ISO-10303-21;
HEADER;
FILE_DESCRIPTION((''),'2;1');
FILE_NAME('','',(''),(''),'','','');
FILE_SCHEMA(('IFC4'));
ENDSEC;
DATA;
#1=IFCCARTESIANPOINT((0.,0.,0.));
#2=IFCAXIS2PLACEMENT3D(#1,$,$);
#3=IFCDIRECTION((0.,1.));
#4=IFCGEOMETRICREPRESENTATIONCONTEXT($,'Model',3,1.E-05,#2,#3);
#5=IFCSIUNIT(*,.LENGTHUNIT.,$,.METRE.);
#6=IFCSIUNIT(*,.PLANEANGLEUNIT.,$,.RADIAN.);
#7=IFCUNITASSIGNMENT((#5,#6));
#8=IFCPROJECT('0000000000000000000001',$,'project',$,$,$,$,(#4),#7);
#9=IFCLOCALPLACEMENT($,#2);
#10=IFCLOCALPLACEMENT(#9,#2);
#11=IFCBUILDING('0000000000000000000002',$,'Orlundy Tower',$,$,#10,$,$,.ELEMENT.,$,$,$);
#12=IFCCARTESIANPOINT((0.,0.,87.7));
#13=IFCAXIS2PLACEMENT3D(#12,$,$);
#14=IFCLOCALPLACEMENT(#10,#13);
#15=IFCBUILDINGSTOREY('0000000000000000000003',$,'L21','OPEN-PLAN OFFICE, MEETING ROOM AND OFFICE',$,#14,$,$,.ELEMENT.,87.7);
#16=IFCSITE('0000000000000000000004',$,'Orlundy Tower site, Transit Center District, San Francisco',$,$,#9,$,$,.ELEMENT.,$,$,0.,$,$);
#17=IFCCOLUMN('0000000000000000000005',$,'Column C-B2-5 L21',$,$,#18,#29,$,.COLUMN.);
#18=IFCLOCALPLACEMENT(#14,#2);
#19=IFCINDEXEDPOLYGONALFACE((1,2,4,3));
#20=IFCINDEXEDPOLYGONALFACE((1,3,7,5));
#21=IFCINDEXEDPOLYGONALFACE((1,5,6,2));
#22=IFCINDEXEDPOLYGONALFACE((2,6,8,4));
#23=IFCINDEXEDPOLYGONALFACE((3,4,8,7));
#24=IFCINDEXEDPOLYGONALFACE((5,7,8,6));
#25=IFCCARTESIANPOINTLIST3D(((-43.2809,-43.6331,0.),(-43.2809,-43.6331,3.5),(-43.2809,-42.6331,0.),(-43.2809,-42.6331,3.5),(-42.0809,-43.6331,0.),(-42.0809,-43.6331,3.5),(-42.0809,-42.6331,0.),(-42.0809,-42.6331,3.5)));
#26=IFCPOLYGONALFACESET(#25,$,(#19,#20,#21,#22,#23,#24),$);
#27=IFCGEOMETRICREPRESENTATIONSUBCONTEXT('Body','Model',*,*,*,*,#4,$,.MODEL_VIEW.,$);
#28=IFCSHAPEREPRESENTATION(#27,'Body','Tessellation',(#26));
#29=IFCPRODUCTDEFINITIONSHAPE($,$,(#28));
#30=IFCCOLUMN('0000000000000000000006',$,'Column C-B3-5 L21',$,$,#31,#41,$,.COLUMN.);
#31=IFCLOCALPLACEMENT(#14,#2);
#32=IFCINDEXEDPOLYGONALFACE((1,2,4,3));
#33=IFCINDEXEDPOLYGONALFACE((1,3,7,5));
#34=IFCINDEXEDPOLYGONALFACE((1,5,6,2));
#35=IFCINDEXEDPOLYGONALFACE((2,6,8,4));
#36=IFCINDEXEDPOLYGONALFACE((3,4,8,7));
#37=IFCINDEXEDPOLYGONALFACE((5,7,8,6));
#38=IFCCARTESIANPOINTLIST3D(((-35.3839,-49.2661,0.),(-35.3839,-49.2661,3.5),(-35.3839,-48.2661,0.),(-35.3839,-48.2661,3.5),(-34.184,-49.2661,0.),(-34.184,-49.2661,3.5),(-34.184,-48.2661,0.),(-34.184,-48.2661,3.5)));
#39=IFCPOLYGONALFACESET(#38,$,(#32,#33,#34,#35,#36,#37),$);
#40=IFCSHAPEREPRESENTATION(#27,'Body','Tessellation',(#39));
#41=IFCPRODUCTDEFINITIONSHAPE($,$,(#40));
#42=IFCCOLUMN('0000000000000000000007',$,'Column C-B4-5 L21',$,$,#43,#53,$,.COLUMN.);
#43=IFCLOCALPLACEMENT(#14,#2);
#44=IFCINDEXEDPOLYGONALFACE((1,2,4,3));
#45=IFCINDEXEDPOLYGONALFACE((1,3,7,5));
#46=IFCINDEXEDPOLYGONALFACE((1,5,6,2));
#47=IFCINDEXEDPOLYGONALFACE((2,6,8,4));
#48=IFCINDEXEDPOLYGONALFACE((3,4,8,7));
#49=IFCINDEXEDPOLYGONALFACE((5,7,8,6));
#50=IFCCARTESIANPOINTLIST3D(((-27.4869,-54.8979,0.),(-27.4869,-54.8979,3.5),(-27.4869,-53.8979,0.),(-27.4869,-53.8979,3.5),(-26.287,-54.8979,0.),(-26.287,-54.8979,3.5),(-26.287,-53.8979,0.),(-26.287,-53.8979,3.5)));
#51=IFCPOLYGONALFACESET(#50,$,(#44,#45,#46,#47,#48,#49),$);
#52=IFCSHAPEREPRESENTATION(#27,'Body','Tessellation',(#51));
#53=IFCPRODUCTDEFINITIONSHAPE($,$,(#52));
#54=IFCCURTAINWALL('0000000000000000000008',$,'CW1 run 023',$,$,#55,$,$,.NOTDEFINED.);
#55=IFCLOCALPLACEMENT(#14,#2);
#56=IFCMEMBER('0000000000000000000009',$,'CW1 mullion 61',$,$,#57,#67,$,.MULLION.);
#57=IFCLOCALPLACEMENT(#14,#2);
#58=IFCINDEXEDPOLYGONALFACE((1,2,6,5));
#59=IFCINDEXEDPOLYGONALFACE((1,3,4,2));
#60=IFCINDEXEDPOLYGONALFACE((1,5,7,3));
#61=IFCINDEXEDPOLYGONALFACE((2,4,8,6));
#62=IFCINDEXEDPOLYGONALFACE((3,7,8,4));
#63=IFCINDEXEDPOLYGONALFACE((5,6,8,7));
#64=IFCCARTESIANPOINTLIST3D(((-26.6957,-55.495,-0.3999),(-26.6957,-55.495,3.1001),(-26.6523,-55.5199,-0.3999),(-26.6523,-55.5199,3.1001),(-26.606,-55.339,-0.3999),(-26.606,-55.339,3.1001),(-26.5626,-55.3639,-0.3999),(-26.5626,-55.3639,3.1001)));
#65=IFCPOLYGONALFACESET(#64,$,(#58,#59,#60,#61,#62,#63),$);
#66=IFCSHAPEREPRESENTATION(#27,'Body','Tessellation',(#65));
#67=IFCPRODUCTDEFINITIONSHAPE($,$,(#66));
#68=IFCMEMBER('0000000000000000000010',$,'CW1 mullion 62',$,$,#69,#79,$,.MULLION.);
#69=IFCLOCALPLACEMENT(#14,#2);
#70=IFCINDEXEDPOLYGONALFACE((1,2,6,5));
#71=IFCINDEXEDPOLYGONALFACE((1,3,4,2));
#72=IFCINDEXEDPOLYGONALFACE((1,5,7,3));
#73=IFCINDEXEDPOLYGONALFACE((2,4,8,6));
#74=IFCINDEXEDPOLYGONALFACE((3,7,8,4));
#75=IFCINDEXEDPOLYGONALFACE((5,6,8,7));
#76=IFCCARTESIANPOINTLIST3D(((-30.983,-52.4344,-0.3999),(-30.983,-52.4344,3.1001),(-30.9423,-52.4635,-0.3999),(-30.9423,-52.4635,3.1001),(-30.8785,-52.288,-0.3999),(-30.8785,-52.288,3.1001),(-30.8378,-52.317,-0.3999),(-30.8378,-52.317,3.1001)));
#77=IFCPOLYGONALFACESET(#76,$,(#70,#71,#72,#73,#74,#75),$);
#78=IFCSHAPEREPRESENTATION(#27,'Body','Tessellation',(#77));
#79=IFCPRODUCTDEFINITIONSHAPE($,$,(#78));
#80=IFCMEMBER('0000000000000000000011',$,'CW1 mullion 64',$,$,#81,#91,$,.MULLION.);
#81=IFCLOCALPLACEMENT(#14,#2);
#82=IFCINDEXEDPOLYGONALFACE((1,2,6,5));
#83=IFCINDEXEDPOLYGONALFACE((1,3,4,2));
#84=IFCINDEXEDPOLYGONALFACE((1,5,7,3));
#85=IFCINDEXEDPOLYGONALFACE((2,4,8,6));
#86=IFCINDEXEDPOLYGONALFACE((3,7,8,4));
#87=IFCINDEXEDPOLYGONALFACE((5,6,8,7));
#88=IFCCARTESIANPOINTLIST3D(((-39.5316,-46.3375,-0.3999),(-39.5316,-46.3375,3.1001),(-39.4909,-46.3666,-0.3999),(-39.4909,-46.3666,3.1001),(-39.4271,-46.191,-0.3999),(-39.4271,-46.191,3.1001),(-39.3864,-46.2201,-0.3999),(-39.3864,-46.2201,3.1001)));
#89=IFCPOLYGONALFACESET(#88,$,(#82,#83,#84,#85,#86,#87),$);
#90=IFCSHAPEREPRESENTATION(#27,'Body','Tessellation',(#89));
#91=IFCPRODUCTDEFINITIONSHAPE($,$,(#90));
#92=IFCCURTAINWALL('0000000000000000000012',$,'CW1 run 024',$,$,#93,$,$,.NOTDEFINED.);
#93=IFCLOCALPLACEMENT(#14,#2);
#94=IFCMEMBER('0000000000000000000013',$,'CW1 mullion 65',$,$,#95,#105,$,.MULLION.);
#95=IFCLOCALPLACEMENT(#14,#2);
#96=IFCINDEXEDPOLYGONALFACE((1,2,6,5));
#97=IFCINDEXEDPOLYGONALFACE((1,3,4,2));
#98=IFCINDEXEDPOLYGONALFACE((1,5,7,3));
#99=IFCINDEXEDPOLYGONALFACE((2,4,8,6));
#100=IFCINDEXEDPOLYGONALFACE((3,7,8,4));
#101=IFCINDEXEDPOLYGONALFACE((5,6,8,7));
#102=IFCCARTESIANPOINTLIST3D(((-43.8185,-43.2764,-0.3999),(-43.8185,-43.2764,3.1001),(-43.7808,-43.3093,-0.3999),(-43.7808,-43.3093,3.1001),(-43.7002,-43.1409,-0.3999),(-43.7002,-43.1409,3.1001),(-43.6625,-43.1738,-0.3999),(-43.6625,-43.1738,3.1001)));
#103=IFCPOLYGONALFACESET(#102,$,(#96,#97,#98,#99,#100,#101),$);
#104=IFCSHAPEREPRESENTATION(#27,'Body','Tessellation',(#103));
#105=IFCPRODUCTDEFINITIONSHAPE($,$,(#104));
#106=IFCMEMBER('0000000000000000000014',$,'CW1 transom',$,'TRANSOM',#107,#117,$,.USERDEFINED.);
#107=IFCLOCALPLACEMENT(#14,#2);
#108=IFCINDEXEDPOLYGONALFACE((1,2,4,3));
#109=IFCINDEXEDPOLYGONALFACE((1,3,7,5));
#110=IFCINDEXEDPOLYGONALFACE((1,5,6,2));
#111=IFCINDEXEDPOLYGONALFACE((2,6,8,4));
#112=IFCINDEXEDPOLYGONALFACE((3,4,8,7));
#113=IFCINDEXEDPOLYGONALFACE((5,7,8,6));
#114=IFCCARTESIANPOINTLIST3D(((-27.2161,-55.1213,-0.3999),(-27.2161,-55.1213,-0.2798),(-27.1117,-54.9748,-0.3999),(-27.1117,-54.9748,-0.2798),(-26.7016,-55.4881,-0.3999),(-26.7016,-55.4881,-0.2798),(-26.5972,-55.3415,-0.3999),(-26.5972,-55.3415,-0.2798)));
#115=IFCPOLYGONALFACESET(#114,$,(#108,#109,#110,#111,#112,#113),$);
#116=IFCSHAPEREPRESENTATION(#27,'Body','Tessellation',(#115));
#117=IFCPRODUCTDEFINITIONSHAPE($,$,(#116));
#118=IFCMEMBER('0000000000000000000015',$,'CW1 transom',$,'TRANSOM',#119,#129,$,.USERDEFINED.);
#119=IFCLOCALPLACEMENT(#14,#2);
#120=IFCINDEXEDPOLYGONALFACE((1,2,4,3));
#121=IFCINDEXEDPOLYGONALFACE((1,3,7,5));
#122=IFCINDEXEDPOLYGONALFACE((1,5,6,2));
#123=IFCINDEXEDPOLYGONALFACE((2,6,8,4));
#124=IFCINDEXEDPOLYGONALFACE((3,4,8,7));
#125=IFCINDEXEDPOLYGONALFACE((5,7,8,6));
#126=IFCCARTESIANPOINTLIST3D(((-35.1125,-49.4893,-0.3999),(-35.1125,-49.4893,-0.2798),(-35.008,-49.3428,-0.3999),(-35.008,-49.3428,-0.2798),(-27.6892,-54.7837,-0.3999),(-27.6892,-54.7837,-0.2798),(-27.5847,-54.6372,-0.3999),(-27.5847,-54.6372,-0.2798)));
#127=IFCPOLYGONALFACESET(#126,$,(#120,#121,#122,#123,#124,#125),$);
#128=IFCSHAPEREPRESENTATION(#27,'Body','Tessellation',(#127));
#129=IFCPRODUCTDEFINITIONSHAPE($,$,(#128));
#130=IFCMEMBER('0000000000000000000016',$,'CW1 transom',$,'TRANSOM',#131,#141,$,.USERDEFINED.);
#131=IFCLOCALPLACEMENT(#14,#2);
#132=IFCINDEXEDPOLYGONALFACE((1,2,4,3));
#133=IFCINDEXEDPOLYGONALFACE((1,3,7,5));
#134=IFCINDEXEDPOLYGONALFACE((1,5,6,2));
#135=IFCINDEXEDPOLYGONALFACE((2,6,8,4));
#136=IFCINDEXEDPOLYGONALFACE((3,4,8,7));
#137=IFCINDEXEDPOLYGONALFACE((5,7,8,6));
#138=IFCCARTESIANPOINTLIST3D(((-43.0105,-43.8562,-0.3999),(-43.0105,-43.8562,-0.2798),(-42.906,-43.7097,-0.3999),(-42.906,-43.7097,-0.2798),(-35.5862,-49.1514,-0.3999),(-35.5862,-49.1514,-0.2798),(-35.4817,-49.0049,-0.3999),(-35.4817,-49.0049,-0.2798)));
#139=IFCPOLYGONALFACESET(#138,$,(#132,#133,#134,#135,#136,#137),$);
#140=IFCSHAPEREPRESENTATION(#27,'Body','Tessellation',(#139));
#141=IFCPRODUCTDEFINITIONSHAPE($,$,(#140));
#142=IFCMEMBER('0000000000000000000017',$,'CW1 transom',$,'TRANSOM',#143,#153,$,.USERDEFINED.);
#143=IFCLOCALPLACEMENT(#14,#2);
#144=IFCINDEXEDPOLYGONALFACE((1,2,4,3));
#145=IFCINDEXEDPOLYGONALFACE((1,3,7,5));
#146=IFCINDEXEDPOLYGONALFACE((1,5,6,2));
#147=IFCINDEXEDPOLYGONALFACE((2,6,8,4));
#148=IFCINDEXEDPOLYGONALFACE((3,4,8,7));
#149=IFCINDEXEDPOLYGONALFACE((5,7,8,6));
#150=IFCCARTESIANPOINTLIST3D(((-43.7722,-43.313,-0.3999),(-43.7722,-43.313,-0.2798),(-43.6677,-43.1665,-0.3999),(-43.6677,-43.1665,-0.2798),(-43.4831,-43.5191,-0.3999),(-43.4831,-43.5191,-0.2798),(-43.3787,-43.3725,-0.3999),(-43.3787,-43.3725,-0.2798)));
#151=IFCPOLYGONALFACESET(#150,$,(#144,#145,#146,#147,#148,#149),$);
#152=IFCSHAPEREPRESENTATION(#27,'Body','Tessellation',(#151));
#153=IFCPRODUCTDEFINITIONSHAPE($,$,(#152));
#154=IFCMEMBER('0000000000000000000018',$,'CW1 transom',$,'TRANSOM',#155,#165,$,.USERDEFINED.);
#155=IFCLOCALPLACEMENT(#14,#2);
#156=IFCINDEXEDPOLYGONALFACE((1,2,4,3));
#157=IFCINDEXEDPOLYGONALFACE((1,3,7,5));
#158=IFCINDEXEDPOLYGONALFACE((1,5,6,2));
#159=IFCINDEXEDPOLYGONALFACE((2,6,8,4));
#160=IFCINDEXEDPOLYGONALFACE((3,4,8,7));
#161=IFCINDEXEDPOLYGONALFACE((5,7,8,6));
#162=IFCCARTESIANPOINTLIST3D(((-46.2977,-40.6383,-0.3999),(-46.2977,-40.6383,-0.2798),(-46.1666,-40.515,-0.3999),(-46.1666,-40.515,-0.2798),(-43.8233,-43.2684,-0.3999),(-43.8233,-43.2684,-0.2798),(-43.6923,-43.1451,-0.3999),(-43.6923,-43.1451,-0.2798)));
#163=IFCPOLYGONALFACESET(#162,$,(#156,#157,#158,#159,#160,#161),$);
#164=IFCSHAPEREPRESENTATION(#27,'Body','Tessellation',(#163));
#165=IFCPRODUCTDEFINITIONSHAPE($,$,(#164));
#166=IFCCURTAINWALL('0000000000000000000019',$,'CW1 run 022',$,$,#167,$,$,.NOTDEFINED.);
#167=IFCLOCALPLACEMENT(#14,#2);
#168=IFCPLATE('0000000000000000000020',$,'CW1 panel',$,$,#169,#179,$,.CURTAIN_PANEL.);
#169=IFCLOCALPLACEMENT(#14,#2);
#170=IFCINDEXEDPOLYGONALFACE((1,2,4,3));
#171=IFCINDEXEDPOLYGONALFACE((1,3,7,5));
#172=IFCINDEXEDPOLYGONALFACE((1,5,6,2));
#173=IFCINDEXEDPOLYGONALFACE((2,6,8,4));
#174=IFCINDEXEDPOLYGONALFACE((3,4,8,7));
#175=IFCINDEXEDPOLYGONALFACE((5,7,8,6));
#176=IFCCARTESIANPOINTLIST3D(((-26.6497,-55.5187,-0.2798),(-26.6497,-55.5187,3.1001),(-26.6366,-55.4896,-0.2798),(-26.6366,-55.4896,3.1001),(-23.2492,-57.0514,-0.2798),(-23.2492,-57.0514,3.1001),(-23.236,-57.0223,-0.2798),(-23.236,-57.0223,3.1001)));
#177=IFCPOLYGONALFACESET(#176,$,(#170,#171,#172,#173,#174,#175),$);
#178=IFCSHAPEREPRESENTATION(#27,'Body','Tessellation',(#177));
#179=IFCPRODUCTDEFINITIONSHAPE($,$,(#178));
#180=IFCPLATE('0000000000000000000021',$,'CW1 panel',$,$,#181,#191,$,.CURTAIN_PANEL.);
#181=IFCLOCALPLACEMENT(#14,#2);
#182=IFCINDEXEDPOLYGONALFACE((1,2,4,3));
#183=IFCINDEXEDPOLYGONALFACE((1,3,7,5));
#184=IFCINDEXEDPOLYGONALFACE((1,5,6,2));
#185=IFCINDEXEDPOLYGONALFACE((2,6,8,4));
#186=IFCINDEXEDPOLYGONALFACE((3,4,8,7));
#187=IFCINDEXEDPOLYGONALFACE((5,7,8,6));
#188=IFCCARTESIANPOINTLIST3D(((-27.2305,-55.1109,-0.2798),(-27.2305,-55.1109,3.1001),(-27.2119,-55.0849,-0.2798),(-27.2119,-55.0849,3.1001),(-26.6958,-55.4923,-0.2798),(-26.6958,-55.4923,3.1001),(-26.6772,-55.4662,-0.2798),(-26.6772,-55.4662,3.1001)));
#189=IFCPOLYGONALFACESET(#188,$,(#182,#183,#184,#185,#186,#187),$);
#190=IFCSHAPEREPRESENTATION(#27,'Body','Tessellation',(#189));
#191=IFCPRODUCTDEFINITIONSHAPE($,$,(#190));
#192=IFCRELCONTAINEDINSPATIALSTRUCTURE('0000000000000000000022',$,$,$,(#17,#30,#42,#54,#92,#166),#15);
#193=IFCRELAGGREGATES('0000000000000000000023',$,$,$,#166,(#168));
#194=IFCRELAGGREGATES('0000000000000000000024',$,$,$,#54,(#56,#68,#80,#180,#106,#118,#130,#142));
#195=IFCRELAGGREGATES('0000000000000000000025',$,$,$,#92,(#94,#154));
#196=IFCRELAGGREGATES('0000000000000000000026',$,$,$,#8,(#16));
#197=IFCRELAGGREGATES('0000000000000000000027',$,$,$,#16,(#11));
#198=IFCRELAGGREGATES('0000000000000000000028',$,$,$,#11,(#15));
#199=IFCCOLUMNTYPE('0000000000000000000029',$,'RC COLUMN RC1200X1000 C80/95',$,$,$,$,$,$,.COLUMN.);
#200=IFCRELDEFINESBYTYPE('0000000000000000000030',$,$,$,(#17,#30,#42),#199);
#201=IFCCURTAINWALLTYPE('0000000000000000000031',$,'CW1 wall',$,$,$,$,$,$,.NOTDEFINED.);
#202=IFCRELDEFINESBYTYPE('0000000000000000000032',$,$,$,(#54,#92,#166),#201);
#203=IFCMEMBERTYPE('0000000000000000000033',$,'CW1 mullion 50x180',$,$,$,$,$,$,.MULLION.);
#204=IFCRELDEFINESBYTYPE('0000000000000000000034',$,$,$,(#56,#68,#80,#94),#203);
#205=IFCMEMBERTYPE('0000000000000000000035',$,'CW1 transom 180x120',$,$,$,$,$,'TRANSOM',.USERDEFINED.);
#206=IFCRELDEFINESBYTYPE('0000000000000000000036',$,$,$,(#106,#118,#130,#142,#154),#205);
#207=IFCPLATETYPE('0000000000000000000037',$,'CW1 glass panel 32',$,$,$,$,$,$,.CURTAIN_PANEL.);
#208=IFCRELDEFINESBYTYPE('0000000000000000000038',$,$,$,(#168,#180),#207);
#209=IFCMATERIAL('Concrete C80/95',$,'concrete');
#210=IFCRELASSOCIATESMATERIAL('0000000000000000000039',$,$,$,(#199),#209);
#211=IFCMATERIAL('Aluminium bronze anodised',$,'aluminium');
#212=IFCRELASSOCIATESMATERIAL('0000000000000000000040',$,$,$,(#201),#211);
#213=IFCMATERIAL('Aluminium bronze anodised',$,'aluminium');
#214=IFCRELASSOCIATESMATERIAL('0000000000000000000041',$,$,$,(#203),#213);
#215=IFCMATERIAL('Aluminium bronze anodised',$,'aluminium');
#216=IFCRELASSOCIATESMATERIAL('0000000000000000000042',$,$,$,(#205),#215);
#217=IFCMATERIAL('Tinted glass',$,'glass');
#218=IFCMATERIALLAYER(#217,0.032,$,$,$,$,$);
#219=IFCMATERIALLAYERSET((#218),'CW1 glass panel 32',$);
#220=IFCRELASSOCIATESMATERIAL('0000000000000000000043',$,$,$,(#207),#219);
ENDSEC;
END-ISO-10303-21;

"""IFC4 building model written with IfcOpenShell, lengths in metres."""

from ifc_helpers import new_model, si_unit, direction, frame, origin, origin_2d, place, context, subcontext, project, spatial, rectangle, extrude, material, layer, layer_set, material_profile, profile_set, type_object, element, aggregate, save


model = new_model("IFC4")

# Units and contexts
model_context = context("Model", 3, precision=1e-05, world=origin(), true_north=direction((0.0, 1.0)))
body_context = subcontext(model_context, "Body", "Model", "MODEL_VIEW")
ifc_project = project(units=[si_unit("LENGTHUNIT", "METRE"), si_unit("PLANEANGLEUNIT", "RADIAN")], contexts=[model_context])

# Site, building, storey
site_placement = place(None, origin())
site = spatial("IfcSite", under=ifc_project, at=site_placement, Name="Orlundy Tower site, Transit Center District, San Francisco", CompositionType="ELEMENT", RefElevation=0.0)
building_placement = place(site_placement, origin())
building = spatial("IfcBuilding", under=site, at=building_placement, Name="Orlundy Tower", CompositionType="ELEMENT")
storey_placement = place(building_placement, frame((0.0, 0.0, 87.7)))
storey = spatial("IfcBuildingStorey", under=building, at=storey_placement, Name="L21", Description="OPEN-PLAN OFFICE, MEETING ROOM AND OFFICE", CompositionType="ELEMENT", Elevation=87.7)

# Columns
ifc_material_1 = material(Name="Concrete C80/95", Category="concrete")
ifc_material_profile_1 = material_profile(ifc_material_1, rectangle(XDim=1.2, YDim=1.0, at=origin_2d()), Name="RC1200X1000")
ifc_profile_set_1 = profile_set([ifc_material_profile_1], Name="Concrete C80/95")
column_type = type_object("IfcColumnType", Name="RC COLUMN RC1200X1000 C80/95", PredefinedType="COLUMN", material=ifc_profile_set_1)
for number, where, z_axis, x_axis, name in (
    (1, (-42.6809, -43.1331, 0.0), (0.0, 0.0, 1.0), (1.0, 0.0, 0.0), "Column C-B2-5 L21"),
    (2, (-34.7839, -48.7661, 0.0), (0.0, 0.0, 1.0), (1.0, 0.0, 0.0), "Column C-B3-5 L21"),
    (3, (-26.887, -54.3979, 0.0), (0.0, 0.0, 1.0), (1.0, 0.0, 0.0), "Column C-B4-5 L21"),
):
    element("IfcColumn", number, at=place(storey_placement, frame(where, z_axis=z_axis, x_axis=x_axis)), inside=storey, type_object=column_type, Name=name, PredefinedType="COLUMN", context=body_context, shape_type="SweptSolid", body=[
        extrude(rectangle(XDim=1.2, YDim=1.0, at=origin_2d()), origin(), (0.0, 0.0, 1.0), 3.5),
    ])

# Curtain wall, members
ifc_material_2 = material(Name="Aluminium bronze anodised", Category="aluminium")
curtain_wall_type = type_object("IfcCurtainWallType", Name="CW1 wall", PredefinedType="NOTDEFINED", material=ifc_material_2)
curtain_wall_1_placement = place(storey_placement, origin())
curtain_wall_1 = element("IfcCurtainWall", 4, at=curtain_wall_1_placement, inside=storey, type_object=curtain_wall_type, Name="CW1 run 023", PredefinedType="NOTDEFINED")
ifc_material_3 = material(Name="Aluminium bronze anodised", Category="aluminium")
ifc_material_profile_2 = material_profile(ifc_material_3, rectangle(XDim=0.1799, YDim=0.05, at=origin_2d()), Name="CW1 mullion 50x180")
ifc_profile_set_2 = profile_set([ifc_material_profile_2], Name="Aluminium bronze anodised")
member_type_1 = type_object("IfcMemberType", Name="CW1 mullion 50x180", PredefinedType="MULLION", material=ifc_profile_set_2)
member_1_placement = place(storey_placement, frame((-26.6292, -55.4294, -0.3999), z_axis=(0.0, 0.0, 1.0), x_axis=(-0.498183, -0.867072, 0.0)))
member_1 = element("IfcMember", 5, at=member_1_placement, type_object=member_type_1, Name="CW1 mullion 61", PredefinedType="MULLION", context=body_context, shape_type="SweptSolid", body=[
    extrude(rectangle(XDim=0.1799, YDim=0.05, at=origin_2d()), origin(), (0.0, 0.0, 1.0), 3.5),
])
member_2_placement = place(storey_placement, frame((-30.9104, -52.3757, -0.3999), z_axis=(0.0, 0.0, 1.0), x_axis=(-0.580666, -0.814142, 0.0)))
member_2 = element("IfcMember", 6, at=member_2_placement, type_object=member_type_1, Name="CW1 mullion 62", PredefinedType="MULLION", context=body_context, shape_type="SweptSolid", body=[
    extrude(rectangle(XDim=0.1799, YDim=0.05, at=origin_2d()), origin(), (0.0, 0.0, 1.0), 3.5),
])
member_3_placement = place(storey_placement, frame((-39.459, -46.2788, -0.3999), z_axis=(0.0, 0.0, 1.0), x_axis=(-0.580666, -0.814142, 0.0)))
member_3 = element("IfcMember", 7, at=member_3_placement, type_object=member_type_1, Name="CW1 mullion 64", PredefinedType="MULLION", context=body_context, shape_type="SweptSolid", body=[
    extrude(rectangle(XDim=0.1799, YDim=0.05, at=origin_2d()), origin(), (0.0, 0.0, 1.0), 3.5),
])

# Curtain wall, member
curtain_wall_2_placement = place(storey_placement, origin())
curtain_wall_2 = element("IfcCurtainWall", 8, at=curtain_wall_2_placement, inside=storey, type_object=curtain_wall_type, Name="CW1 run 024", PredefinedType="NOTDEFINED")
member_4_placement = place(storey_placement, frame((-43.7405, -43.2251, -0.3999), z_axis=(0.0, 0.0, 1.0), x_axis=(-0.65768, -0.753297, 0.0)))
member_4 = element("IfcMember", 9, at=member_4_placement, type_object=member_type_1, Name="CW1 mullion 65", PredefinedType="MULLION", context=body_context, shape_type="SweptSolid", body=[
    extrude(rectangle(XDim=0.1799, YDim=0.05, at=origin_2d()), origin(), (0.0, 0.0, 1.0), 3.5),
])

# Members
ifc_material_4 = material(Name="Aluminium bronze anodised", Category="aluminium")
ifc_material_profile_3 = material_profile(ifc_material_4, rectangle(XDim=0.1799, YDim=0.1201, at=origin_2d()), Name="CW1 transom 180x120")
ifc_profile_set_3 = profile_set([ifc_material_profile_3], Name="Aluminium bronze anodised")
member_type_2 = type_object("IfcMemberType", Name="CW1 transom 180x120", ElementType="TRANSOM", PredefinedType="USERDEFINED", material=ifc_profile_set_3)
member_5_placement = place(storey_placement, frame((-26.6494, -55.4148, -0.3398), z_axis=(-0.814281, 0.58047, 0.0), x_axis=(-0.58047, -0.814281, 0.0)))
member_5 = element("IfcMember", 10, at=member_5_placement, type_object=member_type_2, Name="CW1 transom", ObjectType="TRANSOM", PredefinedType="USERDEFINED", context=body_context, shape_type="SweptSolid", body=[
    extrude(rectangle(XDim=0.1799, YDim=0.1201, at=origin_2d()), origin(), (0.0, 0.0, 1.0), 0.6318),
])
member_6_placement = place(storey_placement, frame((-27.637, -54.7104, -0.3398), z_axis=(-0.814146, 0.580661, 0.0), x_axis=(-0.580661, -0.814146, 0.0)))
member_6 = element("IfcMember", 11, at=member_6_placement, type_object=member_type_2, Name="CW1 transom", ObjectType="TRANSOM", PredefinedType="USERDEFINED", context=body_context, shape_type="SweptSolid", body=[
    extrude(rectangle(XDim=0.1799, YDim=0.1201, at=origin_2d()), origin(), (0.0, 0.0, 1.0), 9.1179),
])
member_7_placement = place(storey_placement, frame((-35.5339, -49.0781, -0.3398), z_axis=(-0.814144, 0.580663, 0.0), x_axis=(-0.580663, -0.814144, 0.0)))
member_7 = element("IfcMember", 12, at=member_7_placement, type_object=member_type_2, Name="CW1 transom", ObjectType="TRANSOM", PredefinedType="USERDEFINED", context=body_context, shape_type="SweptSolid", body=[
    extrude(rectangle(XDim=0.1799, YDim=0.1201, at=origin_2d()), origin(), (0.0, 0.0, 1.0), 9.1191),
])
member_8_placement = place(storey_placement, frame((-43.4309, -43.4458, -0.3398), z_axis=(-0.814291, 0.580457, 0.0), x_axis=(-0.580457, -0.814291, 0.0)))
member_8 = element("IfcMember", 13, at=member_8_placement, type_object=member_type_2, Name="CW1 transom", ObjectType="TRANSOM", PredefinedType="USERDEFINED", context=body_context, shape_type="SweptSolid", body=[
    extrude(rectangle(XDim=0.1799, YDim=0.1201, at=origin_2d()), origin(), (0.0, 0.0, 1.0), 0.355),
])
member_9_placement = place(storey_placement, frame((-43.7578, -43.2068, -0.3398), z_axis=(-0.685211, 0.728345, 0.0), x_axis=(-0.728345, -0.685211, 0.0)))
member_9 = element("IfcMember", 14, at=member_9_placement, type_object=member_type_2, Name="CW1 transom", ObjectType="TRANSOM", PredefinedType="USERDEFINED", context=body_context, shape_type="SweptSolid", body=[
    extrude(rectangle(XDim=0.1799, YDim=0.1201, at=origin_2d()), origin(), (0.0, 0.0, 1.0), 3.6111),
])

# Curtain wall, plate
curtain_wall_3_placement = place(storey_placement, origin())
curtain_wall_3 = element("IfcCurtainWall", 15, at=curtain_wall_3_placement, inside=storey, type_object=curtain_wall_type, Name="CW1 run 022", PredefinedType="NOTDEFINED")
ifc_material_5 = material(Name="Tinted glass", Category="glass")
ifc_layer_1 = layer(ifc_material_5, 0.032)
ifc_layer_set_1 = layer_set([ifc_layer_1], Name="CW1 glass panel 32")
plate_type = type_object("IfcPlateType", Name="CW1 glass panel 32", PredefinedType="CURTAIN_PANEL", material=ifc_layer_set_1)
plate_1_placement = place(storey_placement, frame((-24.9429, -56.2705, -0.2798), z_axis=(0.0, 0.0, 1.0), x_axis=(-0.911674, 0.410914, 0.0)))
plate_1 = element("IfcPlate", 16, at=plate_1_placement, type_object=plate_type, Name="CW1 panel", PredefinedType="CURTAIN_PANEL", context=body_context, shape_type="SweptSolid", body=[
    extrude(rectangle(XDim=3.73, YDim=0.032, at=origin_2d()), origin(), (0.0, 0.0, 1.0), 3.3799),
])
aggregate(curtain_wall_3, [plate_1])

# Plate
plate_2_placement = place(storey_placement, frame((-26.9539, -55.2886, -0.2798), z_axis=(0.0, 0.0, 1.0), x_axis=(-0.814142, 0.580666, 0.0)))
plate_2 = element("IfcPlate", 17, at=plate_2_placement, type_object=plate_type, Name="CW1 panel", PredefinedType="CURTAIN_PANEL", context=body_context, shape_type="SweptSolid", body=[
    extrude(rectangle(XDim=0.6567, YDim=0.032, at=origin_2d()), origin(), (0.0, 0.0, 1.0), 3.3799),
])
aggregate(curtain_wall_1, [member_1, member_2, member_3, plate_2, member_5, member_6, member_7, member_8])
aggregate(curtain_wall_2, [member_4, member_9])

save(model, "model.ifc")
